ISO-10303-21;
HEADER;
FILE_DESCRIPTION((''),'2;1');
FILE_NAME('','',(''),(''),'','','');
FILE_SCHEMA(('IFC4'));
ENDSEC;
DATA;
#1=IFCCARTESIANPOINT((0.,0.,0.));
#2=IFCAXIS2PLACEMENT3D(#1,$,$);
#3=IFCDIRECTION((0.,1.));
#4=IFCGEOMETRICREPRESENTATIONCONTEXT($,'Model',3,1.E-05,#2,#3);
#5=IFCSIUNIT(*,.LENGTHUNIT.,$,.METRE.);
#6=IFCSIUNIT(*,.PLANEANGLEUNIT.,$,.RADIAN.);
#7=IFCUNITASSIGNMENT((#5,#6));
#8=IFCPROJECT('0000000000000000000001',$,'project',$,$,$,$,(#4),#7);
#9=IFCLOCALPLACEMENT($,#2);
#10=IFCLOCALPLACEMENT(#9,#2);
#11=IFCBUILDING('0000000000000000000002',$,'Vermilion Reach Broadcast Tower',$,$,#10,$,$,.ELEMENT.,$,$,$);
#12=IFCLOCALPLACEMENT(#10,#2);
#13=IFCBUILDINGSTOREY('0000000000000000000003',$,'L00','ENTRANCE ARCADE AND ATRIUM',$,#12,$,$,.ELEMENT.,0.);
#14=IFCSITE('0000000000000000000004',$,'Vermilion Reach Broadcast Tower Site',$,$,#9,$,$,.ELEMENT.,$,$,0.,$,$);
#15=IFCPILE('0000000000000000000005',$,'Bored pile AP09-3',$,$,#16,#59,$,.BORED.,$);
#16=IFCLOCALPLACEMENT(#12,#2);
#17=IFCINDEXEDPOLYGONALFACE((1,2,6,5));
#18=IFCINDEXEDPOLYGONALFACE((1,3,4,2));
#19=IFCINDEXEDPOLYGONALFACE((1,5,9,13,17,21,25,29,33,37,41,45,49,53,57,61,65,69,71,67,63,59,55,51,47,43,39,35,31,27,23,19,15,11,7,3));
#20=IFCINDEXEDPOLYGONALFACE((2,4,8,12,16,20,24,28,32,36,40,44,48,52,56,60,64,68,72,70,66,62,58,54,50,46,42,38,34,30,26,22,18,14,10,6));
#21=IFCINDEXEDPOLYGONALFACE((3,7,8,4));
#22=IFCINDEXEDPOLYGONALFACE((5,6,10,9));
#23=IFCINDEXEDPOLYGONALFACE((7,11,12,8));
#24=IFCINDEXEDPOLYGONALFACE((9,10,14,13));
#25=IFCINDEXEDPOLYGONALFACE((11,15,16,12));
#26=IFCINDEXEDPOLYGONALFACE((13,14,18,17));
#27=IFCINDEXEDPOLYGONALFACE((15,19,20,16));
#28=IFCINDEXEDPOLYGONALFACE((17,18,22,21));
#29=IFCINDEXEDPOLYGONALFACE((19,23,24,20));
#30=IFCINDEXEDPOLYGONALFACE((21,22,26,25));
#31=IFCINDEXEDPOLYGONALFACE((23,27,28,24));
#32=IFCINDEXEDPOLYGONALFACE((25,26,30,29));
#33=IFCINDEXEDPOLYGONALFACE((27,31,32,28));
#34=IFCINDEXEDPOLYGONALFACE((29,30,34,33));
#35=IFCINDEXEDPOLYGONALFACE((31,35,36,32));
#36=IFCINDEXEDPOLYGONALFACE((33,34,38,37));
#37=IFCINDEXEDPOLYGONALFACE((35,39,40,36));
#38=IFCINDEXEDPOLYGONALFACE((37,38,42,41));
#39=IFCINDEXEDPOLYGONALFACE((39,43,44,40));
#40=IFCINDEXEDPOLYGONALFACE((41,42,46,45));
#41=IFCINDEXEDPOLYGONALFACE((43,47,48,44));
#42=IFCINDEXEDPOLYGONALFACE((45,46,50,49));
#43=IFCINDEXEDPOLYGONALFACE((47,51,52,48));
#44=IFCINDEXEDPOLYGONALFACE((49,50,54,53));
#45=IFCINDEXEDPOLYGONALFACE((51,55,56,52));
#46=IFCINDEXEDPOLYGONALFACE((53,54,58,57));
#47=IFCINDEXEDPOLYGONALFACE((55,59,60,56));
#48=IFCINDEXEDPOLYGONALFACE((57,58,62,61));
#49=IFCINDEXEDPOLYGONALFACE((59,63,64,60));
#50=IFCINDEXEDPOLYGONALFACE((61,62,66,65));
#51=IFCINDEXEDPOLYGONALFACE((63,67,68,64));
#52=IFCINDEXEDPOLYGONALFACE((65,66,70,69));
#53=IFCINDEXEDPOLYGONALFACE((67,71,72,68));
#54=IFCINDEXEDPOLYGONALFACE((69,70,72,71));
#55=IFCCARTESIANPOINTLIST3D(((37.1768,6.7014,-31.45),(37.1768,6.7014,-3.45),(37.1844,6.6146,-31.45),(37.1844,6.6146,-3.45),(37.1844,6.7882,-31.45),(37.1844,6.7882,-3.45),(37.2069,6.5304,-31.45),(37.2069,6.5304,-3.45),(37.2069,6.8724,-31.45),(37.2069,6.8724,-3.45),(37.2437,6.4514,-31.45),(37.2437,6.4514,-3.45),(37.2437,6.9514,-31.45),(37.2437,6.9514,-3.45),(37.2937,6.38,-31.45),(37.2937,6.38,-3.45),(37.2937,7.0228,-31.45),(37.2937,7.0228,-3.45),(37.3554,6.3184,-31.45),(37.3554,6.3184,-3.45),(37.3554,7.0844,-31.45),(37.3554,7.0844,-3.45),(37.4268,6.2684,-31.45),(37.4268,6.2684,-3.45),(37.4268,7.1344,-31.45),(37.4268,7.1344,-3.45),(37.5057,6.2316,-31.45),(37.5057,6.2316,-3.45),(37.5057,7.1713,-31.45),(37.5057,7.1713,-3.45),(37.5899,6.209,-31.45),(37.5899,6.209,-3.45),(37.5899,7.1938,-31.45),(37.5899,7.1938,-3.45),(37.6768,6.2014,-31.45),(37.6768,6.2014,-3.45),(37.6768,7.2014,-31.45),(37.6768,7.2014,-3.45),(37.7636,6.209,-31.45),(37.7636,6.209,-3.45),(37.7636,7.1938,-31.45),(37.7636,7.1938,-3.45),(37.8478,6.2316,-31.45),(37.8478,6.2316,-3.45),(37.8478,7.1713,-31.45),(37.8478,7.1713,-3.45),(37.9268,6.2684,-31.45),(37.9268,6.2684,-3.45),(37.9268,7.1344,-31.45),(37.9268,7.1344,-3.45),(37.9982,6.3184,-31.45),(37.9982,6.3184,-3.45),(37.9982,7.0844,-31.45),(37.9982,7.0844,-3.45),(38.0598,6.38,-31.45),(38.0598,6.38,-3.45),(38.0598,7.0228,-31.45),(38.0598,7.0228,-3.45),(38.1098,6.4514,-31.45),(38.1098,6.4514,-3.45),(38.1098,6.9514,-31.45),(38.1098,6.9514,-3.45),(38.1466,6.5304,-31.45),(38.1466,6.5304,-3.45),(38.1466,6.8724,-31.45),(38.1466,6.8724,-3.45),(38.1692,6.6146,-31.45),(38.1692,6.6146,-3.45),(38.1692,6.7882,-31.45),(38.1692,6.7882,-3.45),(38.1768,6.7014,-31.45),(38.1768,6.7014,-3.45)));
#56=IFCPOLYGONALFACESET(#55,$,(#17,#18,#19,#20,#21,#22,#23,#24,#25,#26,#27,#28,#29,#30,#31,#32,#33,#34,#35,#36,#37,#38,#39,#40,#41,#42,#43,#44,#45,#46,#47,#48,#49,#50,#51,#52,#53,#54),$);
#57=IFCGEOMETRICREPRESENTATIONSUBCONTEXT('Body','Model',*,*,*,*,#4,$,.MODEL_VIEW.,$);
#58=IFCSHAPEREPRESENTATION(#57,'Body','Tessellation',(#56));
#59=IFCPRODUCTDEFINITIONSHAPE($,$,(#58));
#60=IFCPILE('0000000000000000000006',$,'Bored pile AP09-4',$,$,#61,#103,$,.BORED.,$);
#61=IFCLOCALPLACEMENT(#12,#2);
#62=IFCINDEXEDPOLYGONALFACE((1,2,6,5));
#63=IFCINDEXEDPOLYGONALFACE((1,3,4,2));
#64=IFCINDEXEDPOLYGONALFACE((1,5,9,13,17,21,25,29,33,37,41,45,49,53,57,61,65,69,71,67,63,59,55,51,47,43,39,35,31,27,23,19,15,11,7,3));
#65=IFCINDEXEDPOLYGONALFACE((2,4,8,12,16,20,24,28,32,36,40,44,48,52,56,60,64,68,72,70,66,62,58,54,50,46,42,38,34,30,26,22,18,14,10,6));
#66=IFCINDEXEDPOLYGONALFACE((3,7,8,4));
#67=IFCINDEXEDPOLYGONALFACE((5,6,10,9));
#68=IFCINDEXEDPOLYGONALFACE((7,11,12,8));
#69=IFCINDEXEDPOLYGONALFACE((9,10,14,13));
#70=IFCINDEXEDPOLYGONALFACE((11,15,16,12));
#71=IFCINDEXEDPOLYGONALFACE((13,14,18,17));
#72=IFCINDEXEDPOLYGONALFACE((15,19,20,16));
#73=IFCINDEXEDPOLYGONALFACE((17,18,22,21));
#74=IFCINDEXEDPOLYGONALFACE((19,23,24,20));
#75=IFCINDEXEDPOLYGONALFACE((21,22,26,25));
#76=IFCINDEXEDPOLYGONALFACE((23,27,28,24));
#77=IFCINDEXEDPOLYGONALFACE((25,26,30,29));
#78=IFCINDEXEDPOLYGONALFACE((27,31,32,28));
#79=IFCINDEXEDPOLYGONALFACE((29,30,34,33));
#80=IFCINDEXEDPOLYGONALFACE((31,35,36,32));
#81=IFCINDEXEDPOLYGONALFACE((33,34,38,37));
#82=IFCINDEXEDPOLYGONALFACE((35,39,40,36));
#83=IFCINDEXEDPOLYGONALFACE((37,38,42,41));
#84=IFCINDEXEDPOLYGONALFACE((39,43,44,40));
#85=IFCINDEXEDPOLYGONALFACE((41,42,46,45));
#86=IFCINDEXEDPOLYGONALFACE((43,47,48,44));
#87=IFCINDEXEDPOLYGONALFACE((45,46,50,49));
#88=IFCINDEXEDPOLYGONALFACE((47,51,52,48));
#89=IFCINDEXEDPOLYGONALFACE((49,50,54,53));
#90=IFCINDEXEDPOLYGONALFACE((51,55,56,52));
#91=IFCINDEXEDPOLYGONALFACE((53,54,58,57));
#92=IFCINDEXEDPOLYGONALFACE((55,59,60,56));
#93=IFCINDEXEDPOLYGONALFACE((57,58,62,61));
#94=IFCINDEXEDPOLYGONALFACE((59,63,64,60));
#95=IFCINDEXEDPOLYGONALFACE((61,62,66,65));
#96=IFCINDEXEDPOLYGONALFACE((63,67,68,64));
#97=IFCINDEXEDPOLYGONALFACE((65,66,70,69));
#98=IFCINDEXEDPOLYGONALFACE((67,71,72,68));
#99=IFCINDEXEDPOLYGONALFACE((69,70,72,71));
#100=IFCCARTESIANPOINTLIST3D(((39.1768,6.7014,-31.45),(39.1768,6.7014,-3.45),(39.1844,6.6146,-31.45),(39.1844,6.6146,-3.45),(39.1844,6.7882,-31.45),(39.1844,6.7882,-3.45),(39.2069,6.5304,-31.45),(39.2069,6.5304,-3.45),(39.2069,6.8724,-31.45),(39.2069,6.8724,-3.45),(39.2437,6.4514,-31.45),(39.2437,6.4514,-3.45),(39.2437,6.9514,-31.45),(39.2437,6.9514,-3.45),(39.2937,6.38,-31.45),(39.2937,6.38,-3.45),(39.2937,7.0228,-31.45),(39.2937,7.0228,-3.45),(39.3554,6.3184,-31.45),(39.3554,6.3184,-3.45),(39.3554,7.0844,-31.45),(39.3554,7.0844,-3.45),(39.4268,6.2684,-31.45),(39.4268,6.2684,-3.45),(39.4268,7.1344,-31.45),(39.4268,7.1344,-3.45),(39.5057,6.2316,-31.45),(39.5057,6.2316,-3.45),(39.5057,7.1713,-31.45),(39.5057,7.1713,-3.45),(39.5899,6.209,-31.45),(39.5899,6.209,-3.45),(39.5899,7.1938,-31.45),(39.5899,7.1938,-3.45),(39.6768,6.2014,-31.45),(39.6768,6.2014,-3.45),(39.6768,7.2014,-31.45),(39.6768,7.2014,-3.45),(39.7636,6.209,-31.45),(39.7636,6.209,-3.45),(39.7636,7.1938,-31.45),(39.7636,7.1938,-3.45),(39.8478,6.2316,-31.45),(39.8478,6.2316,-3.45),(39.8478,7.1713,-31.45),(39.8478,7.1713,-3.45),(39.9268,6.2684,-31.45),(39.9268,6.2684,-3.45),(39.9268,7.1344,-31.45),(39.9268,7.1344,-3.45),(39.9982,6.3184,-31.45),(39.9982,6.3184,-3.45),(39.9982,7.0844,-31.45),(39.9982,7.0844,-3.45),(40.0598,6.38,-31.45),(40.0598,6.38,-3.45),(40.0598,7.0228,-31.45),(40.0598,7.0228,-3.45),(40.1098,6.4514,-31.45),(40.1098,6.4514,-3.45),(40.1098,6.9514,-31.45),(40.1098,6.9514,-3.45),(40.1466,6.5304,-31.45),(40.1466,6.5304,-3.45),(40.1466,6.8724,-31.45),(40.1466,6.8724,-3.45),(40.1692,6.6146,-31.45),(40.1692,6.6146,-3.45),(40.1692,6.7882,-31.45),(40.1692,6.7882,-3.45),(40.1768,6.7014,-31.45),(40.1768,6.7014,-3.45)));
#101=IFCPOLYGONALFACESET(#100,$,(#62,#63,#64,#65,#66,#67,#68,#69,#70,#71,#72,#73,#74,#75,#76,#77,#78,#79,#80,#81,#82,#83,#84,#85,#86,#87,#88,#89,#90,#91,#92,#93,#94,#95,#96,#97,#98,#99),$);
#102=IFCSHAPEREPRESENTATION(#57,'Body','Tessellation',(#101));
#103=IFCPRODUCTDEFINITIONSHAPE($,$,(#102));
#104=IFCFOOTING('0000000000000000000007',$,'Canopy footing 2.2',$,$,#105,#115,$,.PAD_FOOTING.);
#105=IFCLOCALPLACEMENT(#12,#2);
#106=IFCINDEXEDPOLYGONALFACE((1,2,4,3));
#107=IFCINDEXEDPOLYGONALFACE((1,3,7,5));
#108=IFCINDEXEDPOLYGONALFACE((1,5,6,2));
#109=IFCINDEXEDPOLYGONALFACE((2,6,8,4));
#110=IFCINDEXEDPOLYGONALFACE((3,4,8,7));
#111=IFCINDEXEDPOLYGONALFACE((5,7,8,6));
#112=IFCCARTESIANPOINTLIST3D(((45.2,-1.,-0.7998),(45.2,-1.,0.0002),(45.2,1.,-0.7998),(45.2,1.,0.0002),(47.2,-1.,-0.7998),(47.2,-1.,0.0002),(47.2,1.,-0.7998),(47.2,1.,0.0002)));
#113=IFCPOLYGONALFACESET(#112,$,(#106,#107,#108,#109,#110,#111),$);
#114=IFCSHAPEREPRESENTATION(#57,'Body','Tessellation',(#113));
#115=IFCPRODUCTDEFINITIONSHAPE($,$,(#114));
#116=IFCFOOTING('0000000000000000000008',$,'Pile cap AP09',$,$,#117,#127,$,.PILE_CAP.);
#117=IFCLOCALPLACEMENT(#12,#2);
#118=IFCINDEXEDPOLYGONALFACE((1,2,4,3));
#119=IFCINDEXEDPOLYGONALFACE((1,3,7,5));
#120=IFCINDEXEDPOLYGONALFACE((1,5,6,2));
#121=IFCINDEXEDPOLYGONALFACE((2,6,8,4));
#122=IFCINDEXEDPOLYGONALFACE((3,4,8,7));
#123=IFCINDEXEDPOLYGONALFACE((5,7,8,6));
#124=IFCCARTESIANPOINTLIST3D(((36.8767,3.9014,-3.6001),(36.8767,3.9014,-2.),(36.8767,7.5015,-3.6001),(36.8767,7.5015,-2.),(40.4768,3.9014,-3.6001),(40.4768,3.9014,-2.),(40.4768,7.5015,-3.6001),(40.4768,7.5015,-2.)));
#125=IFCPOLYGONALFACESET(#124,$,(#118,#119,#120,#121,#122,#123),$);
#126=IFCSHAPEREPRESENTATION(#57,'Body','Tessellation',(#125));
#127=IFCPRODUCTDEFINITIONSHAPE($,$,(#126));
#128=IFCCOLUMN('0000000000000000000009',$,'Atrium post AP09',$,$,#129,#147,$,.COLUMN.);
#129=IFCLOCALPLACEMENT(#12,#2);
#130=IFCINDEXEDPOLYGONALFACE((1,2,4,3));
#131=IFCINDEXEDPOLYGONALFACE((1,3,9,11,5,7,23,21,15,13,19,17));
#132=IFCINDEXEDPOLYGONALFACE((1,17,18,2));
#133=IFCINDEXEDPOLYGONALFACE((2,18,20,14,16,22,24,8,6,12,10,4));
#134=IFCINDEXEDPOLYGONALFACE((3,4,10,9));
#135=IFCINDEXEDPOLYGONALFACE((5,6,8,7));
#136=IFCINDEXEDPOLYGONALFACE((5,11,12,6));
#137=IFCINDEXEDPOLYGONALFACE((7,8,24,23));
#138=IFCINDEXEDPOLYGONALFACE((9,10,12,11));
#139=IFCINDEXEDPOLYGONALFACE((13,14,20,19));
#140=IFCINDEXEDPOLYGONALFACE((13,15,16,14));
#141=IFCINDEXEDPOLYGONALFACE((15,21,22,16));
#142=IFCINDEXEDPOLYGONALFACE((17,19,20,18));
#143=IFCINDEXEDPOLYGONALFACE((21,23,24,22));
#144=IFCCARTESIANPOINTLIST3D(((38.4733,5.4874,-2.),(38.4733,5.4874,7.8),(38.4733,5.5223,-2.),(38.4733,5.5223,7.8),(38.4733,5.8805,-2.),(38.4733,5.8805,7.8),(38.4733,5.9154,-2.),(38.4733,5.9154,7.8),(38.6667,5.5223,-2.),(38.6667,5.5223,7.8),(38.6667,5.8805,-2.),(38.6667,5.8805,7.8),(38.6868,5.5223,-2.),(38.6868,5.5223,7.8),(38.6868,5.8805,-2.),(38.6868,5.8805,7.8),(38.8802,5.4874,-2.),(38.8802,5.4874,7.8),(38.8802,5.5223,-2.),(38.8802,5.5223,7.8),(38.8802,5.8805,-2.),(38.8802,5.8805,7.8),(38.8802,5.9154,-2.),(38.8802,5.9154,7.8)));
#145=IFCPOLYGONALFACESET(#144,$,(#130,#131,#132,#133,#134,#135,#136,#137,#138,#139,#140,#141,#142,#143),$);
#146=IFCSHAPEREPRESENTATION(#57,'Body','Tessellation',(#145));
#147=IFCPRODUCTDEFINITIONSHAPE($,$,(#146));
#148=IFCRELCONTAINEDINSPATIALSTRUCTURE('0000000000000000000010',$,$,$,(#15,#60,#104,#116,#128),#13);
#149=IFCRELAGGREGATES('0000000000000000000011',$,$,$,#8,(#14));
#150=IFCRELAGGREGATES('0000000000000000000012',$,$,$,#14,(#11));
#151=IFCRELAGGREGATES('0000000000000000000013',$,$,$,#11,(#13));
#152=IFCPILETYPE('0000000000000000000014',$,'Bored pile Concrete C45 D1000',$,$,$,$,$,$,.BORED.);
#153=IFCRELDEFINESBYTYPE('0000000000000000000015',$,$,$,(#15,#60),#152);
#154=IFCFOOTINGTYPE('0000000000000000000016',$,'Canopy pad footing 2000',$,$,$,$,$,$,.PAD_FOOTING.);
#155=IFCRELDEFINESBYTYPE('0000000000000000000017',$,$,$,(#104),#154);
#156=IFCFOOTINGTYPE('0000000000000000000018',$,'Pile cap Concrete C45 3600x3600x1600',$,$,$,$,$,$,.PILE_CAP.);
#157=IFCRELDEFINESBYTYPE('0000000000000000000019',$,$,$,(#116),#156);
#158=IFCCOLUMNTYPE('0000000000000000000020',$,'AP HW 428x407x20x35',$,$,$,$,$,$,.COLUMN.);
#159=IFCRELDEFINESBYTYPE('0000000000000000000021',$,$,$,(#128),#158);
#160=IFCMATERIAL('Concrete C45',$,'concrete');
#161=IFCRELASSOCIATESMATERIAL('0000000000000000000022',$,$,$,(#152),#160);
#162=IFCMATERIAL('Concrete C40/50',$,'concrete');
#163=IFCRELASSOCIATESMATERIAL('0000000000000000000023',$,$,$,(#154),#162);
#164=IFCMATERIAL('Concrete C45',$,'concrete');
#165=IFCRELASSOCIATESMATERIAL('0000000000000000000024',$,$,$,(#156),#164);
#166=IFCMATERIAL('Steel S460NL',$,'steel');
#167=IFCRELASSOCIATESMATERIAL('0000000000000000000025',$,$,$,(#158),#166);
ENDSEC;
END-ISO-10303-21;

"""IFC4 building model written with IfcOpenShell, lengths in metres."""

from ifc_helpers import new_model, si_unit, direction, frame, origin, origin_2d, place, context, subcontext, project, spatial, rectangle, circle, i_section, extrude, material, material_profile, profile_set, type_object, element, save


model = new_model("IFC4")

# Units and contexts
model_context = context("Model", 3, precision=1e-05, world=origin(), true_north=direction((0.0, 1.0)))
body_context = subcontext(model_context, "Body", "Model", "MODEL_VIEW")
ifc_project = project(units=[si_unit("LENGTHUNIT", "METRE"), si_unit("PLANEANGLEUNIT", "RADIAN")], contexts=[model_context])

# Site, building, storey
site_placement = place(None, origin())
site = spatial("IfcSite", under=ifc_project, at=site_placement, Name="Vermilion Reach Broadcast Tower Site", CompositionType="ELEMENT", RefElevation=0.0)
building_placement = place(site_placement, origin())
building = spatial("IfcBuilding", under=site, at=building_placement, Name="Vermilion Reach Broadcast Tower", CompositionType="ELEMENT")
storey_placement = place(building_placement, origin())
storey = spatial("IfcBuildingStorey", under=building, at=storey_placement, Name="L00", Description="ENTRANCE ARCADE AND ATRIUM", CompositionType="ELEMENT", Elevation=0.0)

# Piles
ifc_material_1 = material(Name="Concrete C45", Category="concrete")
ifc_material_profile_1 = material_profile(ifc_material_1, circle(Radius=0.5, at=origin_2d()), Name="Concrete C45 D1000")
ifc_profile_set_1 = profile_set([ifc_material_profile_1], Name="Concrete C45")
pile_type = type_object("IfcPileType", Name="Bored pile Concrete C45 D1000", PredefinedType="BORED", material=ifc_profile_set_1)
for number, where, z_axis, x_axis, name in (
    (1, (37.6768, 6.7014, -3.45), (0.0, 0.0, -1.0), (1.0, 0.0, 0.0), "Bored pile AP09-3"),
    (2, (39.6768, 6.7014, -3.45), (0.0, 0.0, -1.0), (1.0, 0.0, 0.0), "Bored pile AP09-4"),
):
    element("IfcPile", number, at=place(storey_placement, frame(where, z_axis=z_axis, x_axis=x_axis)), inside=storey, type_object=pile_type, Name=name, PredefinedType="BORED", context=body_context, shape_type="SweptSolid", body=[
        extrude(circle(Radius=0.5, at=origin_2d()), origin(), (0.0, 0.0, 1.0), 28.0),
    ])

# Footings
ifc_material_2 = material(Name="Concrete C40/50", Category="concrete")
footing_type_1 = type_object("IfcFootingType", Name="Canopy pad footing 2000", PredefinedType="PAD_FOOTING", material=ifc_material_2)
footing_1_placement = place(storey_placement, frame((46.2, 0.0, -0.7998), z_axis=(0.0, 0.0, 1.0), x_axis=(1.0, 0.0, 0.0)))
element("IfcFooting", 3, at=footing_1_placement, inside=storey, type_object=footing_type_1, Name="Canopy footing 2.2", PredefinedType="PAD_FOOTING", context=body_context, shape_type="SweptSolid", body=[
    extrude(rectangle(XDim=2.0, YDim=2.0, at=origin_2d()), origin(), (0.0, 0.0, 1.0), 0.8),
])
ifc_material_3 = material(Name="Concrete C45", Category="concrete")
footing_type_2 = type_object("IfcFootingType", Name="Pile cap Concrete C45 3600x3600x1600", PredefinedType="PILE_CAP", material=ifc_material_3)
footing_2_placement = place(storey_placement, frame((38.6768, 5.7014, -3.6001), z_axis=(0.0, 0.0, 1.0), x_axis=(1.0, 0.0, 0.0)))
element("IfcFooting", 4, at=footing_2_placement, inside=storey, type_object=footing_type_2, Name="Pile cap AP09", PredefinedType="PILE_CAP", context=body_context, shape_type="SweptSolid", body=[
    extrude(rectangle(XDim=3.6001, YDim=3.6001, at=origin_2d()), origin(), (0.0, 0.0, 1.0), 1.6001),
])

# Column
ifc_material_4 = material(Name="Steel S460NL", Category="steel")
ifc_material_profile_2 = material_profile(ifc_material_4, i_section(OverallWidth=0.407, OverallDepth=0.428, WebThickness=0.02, FlangeThickness=0.0349, at=origin_2d()), Name="S460NL HW 428x407x20x35")
ifc_profile_set_2 = profile_set([ifc_material_profile_2], Name="Steel S460NL")
column_type_1 = type_object("IfcColumnType", Name="AP HW 428x407x20x35", PredefinedType="COLUMN", material=ifc_profile_set_2)
column_1_placement = place(storey_placement, frame((38.6768, 5.7014, -2.0), z_axis=(0.0, 0.0, 1.0), x_axis=(1.0, 0.0, 0.0)))
element("IfcColumn", 5, at=column_1_placement, inside=storey, type_object=column_type_1, Name="Atrium post AP09", PredefinedType="COLUMN", context=body_context, shape_type="SweptSolid", body=[
    extrude(i_section(OverallWidth=0.407, OverallDepth=0.428, WebThickness=0.02, FlangeThickness=0.0349, at=origin_2d()), origin(), (0.0, 0.0, 1.0), 9.8),
])

save(model, "model.ifc")
